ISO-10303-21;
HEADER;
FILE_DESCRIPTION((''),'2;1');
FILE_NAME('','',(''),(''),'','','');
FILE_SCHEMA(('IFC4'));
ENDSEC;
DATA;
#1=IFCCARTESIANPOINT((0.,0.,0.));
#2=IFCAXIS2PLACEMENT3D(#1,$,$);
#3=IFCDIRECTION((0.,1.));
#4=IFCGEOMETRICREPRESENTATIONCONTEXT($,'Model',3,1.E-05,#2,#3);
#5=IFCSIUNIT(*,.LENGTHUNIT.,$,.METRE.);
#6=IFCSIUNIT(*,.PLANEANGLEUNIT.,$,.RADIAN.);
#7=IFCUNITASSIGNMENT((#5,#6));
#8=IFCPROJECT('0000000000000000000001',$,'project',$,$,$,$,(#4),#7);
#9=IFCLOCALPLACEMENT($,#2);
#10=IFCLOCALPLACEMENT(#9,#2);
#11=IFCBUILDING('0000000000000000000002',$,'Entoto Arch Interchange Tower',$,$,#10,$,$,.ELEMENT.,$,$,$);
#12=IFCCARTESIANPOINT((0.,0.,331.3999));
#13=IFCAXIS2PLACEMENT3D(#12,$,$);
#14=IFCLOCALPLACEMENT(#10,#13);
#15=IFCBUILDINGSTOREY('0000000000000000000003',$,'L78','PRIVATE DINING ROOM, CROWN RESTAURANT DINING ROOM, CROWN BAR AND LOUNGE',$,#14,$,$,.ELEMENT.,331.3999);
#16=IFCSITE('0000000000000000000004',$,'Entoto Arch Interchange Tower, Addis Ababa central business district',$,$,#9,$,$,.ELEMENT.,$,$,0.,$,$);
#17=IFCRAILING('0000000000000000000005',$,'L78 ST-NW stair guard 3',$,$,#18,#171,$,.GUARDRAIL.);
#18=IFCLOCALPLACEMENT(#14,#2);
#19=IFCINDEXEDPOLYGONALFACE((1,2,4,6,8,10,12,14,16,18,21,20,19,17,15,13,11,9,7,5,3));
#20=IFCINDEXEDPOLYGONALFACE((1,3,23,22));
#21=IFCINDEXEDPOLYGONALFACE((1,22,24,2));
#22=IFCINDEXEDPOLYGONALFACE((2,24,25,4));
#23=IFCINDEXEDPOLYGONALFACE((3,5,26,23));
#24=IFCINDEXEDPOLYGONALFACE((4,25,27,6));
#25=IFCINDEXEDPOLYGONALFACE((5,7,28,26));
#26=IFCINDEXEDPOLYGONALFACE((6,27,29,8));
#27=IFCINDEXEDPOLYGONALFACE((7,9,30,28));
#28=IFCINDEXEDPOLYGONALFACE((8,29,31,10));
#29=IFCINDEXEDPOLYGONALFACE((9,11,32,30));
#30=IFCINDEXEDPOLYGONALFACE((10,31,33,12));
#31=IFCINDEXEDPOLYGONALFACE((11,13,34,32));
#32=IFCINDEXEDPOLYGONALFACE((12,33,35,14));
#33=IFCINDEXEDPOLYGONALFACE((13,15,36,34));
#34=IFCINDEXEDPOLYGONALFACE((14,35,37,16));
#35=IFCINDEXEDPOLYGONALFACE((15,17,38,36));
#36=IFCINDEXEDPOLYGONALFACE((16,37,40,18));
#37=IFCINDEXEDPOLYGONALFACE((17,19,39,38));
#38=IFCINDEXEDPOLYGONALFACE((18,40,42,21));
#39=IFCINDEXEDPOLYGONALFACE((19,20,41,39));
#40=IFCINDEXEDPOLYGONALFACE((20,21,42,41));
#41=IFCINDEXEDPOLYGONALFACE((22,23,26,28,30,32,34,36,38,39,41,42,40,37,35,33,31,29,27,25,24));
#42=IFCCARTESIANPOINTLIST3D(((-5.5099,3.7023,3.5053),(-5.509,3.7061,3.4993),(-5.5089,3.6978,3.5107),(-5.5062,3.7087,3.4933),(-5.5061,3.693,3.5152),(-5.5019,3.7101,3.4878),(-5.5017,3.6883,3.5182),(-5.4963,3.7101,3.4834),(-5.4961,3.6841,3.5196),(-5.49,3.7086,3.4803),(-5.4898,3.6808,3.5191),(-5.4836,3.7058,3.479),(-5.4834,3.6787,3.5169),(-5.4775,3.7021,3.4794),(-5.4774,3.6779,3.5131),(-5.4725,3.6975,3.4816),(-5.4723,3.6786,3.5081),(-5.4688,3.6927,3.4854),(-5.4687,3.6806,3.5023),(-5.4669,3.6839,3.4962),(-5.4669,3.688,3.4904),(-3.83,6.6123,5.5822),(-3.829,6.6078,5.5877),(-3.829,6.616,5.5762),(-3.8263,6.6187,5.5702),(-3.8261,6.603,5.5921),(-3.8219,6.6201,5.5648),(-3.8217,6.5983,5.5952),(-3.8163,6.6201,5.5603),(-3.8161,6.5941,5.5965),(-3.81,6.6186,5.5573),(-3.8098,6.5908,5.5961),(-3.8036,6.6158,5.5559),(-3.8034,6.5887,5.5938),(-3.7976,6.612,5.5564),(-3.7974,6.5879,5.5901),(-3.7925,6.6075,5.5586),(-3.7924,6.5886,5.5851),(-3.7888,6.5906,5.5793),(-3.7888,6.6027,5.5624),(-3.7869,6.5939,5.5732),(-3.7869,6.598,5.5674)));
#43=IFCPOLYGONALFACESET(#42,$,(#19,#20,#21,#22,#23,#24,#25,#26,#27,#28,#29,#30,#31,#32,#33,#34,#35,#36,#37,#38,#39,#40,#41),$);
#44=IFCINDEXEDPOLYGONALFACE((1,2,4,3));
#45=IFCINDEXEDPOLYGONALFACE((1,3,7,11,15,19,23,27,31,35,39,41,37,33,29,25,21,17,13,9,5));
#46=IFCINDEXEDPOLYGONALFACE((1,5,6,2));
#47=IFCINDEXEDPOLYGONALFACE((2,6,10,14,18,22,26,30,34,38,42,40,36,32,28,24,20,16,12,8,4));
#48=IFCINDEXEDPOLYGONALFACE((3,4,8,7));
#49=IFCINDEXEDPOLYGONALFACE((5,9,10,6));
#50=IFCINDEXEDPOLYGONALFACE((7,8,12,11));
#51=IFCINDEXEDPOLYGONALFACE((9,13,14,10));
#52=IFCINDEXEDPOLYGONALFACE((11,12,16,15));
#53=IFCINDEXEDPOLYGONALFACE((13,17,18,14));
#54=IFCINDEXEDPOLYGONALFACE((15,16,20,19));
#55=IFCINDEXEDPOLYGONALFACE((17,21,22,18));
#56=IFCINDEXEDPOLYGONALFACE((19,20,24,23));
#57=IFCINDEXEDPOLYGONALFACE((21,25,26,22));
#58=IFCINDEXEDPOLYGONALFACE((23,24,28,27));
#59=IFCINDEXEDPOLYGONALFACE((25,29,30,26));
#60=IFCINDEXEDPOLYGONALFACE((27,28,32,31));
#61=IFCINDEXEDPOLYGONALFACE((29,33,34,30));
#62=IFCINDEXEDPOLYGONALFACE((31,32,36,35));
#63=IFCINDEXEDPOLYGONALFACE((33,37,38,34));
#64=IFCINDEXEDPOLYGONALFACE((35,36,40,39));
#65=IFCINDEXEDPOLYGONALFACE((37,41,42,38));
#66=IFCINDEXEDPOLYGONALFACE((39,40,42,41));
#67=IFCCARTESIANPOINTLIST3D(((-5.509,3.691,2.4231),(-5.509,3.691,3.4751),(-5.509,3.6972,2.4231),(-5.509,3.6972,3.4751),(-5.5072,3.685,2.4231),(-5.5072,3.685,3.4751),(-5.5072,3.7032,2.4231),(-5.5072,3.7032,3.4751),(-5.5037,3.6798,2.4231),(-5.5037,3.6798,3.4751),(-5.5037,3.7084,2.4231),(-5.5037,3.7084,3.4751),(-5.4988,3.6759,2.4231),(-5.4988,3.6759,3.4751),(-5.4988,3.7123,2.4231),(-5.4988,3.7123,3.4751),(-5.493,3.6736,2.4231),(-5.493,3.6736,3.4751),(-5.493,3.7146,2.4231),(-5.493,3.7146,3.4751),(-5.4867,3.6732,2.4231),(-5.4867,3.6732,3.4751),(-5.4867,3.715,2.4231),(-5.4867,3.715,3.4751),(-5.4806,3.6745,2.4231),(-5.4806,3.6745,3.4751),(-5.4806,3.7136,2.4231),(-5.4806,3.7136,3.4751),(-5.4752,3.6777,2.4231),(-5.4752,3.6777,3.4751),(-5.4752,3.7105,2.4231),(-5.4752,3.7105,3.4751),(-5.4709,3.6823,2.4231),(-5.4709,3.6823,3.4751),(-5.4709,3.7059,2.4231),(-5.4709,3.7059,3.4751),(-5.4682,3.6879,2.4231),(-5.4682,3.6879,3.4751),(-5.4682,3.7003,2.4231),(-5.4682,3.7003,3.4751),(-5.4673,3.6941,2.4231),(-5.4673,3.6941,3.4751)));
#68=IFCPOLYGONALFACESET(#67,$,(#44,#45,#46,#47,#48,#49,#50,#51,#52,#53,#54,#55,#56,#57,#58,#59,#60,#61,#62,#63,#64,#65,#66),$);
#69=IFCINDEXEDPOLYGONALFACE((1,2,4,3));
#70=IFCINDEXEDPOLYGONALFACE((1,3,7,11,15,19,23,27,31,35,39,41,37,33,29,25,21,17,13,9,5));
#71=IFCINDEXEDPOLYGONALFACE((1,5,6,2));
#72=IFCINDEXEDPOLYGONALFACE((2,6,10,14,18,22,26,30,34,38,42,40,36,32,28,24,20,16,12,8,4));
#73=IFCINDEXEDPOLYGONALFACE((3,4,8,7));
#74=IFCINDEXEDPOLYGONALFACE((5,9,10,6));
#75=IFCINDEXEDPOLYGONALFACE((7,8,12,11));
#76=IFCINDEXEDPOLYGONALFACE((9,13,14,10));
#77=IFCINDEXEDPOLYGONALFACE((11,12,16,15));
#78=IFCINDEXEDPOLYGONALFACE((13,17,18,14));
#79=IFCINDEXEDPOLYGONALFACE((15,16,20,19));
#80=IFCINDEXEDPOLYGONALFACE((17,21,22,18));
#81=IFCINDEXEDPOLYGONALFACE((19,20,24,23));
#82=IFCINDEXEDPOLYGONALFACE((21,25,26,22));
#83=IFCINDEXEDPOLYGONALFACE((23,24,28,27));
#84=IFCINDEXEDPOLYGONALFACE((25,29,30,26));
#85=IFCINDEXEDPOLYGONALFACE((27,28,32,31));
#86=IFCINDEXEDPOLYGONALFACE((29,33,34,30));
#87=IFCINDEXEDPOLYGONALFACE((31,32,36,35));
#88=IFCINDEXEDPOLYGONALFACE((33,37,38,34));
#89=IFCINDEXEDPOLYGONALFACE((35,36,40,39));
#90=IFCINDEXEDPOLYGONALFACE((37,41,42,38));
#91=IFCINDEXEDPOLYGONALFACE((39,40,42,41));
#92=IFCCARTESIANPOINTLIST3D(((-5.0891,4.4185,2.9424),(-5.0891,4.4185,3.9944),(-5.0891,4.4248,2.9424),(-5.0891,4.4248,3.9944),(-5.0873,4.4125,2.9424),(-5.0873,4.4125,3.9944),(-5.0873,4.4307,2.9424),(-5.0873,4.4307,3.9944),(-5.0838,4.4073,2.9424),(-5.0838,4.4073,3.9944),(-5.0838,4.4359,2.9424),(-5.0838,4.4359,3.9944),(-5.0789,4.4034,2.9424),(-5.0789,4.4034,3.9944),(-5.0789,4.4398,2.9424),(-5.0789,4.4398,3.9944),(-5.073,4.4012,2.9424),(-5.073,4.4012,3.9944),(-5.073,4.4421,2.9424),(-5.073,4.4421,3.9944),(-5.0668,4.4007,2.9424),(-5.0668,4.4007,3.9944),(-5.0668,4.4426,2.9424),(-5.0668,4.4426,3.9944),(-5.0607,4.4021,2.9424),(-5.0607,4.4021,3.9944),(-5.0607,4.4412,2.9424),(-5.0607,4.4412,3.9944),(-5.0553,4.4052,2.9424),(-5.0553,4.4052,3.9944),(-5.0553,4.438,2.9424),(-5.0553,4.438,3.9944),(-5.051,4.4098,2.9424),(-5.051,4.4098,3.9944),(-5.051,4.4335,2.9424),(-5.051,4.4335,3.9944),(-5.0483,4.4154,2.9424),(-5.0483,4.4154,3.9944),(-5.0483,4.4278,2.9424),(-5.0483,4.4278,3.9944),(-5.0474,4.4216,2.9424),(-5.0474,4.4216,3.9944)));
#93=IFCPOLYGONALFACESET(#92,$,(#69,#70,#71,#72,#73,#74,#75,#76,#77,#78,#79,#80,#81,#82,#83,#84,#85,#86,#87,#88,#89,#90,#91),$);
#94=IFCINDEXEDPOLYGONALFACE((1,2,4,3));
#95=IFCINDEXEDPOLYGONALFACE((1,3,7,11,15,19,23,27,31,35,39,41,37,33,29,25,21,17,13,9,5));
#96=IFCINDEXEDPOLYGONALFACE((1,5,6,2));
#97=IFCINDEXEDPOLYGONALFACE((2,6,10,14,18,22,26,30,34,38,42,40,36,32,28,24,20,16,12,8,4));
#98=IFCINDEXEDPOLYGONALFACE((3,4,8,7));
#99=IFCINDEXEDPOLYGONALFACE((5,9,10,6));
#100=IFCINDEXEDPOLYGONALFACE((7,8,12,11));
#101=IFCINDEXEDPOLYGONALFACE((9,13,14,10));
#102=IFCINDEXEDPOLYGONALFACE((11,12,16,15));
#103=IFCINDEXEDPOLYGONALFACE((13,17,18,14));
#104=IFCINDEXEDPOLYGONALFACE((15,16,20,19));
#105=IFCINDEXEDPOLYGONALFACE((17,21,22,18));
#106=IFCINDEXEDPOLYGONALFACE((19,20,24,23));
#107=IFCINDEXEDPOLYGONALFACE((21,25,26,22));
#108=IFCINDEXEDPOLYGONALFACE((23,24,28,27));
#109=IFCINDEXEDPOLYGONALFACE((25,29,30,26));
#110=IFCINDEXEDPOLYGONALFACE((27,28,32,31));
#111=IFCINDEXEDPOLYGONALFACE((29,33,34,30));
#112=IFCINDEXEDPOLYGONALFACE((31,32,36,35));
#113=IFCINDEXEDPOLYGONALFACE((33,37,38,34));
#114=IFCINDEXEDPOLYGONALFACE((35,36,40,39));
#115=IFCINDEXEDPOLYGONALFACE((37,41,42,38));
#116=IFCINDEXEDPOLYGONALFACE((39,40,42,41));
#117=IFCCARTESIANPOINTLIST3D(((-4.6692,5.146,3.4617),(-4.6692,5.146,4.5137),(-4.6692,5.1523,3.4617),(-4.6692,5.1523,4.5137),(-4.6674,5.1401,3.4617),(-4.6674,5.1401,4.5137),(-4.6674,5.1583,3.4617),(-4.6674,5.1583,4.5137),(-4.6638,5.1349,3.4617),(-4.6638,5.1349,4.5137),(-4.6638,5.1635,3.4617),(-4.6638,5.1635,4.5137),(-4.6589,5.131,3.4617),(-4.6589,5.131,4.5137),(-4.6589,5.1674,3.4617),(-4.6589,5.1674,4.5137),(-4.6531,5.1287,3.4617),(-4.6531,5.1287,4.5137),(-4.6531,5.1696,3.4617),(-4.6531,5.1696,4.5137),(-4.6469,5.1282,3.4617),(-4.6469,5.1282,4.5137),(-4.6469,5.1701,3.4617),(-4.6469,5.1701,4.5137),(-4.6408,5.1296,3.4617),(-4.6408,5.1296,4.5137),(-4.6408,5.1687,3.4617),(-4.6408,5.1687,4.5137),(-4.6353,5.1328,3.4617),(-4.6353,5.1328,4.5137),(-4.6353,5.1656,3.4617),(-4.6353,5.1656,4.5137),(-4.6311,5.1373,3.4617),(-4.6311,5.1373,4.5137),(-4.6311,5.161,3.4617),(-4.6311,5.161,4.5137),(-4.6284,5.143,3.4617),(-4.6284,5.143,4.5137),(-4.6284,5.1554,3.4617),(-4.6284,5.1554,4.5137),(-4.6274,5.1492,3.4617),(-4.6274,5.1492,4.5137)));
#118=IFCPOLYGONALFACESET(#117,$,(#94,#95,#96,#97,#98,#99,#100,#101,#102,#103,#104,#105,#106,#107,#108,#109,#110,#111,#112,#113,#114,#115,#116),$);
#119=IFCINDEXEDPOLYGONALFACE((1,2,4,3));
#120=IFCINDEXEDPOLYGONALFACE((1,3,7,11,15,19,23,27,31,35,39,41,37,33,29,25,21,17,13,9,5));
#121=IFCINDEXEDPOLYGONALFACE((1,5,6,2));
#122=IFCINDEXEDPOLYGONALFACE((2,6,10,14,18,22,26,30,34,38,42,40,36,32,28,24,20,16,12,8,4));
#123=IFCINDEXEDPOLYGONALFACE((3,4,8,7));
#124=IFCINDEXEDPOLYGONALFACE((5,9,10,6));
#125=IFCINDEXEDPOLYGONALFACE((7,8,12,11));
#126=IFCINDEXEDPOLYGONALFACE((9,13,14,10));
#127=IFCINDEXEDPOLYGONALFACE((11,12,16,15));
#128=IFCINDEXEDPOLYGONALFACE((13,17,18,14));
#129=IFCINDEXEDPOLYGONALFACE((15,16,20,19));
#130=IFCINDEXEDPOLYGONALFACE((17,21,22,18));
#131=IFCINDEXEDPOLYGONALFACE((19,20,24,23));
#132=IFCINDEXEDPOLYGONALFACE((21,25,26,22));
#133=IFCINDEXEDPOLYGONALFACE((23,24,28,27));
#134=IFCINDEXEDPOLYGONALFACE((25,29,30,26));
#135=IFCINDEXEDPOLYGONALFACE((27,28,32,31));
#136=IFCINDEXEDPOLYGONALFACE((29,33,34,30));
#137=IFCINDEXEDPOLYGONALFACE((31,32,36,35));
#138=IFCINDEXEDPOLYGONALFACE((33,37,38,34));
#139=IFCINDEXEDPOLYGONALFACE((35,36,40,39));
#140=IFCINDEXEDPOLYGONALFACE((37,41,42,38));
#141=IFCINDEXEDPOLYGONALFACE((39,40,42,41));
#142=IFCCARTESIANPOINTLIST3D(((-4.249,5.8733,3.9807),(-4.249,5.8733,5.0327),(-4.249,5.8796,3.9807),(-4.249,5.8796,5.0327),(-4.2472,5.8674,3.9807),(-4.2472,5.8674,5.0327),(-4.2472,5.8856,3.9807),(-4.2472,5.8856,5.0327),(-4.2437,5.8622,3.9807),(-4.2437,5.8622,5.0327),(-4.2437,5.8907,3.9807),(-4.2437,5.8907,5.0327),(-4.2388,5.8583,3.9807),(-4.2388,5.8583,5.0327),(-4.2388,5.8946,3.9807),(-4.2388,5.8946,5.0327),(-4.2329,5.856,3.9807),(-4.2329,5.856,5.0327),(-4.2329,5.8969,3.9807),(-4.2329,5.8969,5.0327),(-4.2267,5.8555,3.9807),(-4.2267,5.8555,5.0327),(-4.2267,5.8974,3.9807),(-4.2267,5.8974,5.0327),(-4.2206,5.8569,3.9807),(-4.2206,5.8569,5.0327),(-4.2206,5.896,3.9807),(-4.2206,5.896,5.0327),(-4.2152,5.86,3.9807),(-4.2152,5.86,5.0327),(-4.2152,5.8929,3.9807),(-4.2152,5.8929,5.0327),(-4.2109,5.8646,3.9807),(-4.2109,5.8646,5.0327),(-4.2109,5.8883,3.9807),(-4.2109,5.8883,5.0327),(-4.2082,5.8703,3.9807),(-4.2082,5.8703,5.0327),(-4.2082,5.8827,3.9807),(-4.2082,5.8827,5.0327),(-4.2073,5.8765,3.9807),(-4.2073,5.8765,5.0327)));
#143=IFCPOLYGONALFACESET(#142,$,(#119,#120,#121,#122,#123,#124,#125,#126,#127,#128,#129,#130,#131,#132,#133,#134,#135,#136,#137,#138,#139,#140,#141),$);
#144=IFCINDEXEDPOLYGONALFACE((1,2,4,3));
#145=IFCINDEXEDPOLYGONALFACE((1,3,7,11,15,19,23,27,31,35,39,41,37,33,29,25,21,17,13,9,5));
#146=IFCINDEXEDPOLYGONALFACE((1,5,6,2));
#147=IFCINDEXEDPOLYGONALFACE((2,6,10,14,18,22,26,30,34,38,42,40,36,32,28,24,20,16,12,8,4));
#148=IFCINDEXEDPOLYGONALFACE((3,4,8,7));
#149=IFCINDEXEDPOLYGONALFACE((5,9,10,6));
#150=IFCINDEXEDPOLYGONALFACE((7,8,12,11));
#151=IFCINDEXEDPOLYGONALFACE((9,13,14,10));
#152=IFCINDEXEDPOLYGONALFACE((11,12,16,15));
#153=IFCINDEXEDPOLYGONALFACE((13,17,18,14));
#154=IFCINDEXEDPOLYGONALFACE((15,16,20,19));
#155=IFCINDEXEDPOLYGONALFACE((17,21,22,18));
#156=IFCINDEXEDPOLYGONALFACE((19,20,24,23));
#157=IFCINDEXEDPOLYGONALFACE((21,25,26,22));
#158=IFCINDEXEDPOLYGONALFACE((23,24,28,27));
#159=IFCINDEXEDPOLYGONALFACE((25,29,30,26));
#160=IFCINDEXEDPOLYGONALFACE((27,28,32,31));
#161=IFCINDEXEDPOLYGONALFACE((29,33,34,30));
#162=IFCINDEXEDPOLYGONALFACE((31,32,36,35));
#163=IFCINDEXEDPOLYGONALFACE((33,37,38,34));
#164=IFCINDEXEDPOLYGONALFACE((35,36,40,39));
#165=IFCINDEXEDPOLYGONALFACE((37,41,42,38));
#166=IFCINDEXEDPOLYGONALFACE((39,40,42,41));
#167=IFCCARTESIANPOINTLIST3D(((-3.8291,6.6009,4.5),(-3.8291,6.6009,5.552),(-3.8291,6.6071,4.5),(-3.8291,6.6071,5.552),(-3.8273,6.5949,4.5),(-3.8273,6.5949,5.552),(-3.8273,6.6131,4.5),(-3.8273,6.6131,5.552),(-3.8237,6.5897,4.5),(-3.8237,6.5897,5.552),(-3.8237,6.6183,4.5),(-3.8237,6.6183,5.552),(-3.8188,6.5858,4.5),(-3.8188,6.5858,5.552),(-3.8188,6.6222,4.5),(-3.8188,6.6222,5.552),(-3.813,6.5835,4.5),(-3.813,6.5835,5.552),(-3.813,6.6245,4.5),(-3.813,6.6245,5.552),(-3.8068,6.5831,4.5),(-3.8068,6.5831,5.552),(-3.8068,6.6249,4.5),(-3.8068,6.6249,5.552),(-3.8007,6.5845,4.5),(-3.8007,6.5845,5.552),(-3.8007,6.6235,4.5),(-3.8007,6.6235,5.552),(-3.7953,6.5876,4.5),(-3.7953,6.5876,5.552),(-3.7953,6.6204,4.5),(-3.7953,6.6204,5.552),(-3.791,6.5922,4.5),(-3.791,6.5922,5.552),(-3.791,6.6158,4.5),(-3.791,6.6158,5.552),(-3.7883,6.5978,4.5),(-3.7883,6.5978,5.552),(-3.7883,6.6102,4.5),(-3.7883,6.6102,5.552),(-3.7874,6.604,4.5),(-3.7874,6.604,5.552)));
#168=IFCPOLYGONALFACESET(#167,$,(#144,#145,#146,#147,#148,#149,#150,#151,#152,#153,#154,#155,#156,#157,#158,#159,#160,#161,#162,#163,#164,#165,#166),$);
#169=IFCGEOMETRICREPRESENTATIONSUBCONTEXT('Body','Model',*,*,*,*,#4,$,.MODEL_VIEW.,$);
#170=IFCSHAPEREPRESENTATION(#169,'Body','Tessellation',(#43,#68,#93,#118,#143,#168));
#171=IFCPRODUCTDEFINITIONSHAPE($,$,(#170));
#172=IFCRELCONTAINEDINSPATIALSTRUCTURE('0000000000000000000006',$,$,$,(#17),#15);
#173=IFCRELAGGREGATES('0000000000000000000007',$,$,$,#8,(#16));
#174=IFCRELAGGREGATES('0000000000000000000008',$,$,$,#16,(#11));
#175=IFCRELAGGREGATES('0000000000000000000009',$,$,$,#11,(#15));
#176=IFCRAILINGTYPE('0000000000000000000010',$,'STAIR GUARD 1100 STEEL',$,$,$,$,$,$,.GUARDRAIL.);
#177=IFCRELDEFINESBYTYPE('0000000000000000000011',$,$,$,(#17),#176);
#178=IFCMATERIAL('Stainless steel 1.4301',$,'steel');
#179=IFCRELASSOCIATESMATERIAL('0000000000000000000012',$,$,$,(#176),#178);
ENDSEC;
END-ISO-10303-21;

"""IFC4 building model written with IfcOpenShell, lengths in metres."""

from ifc_helpers import new_model, si_unit, direction, frame, origin, origin_2d, place, context, subcontext, project, spatial, circle, extrude, material, type_object, element, save


model = new_model("IFC4")

# Units and contexts
model_context = context("Model", 3, precision=1e-05, world=origin(), true_north=direction((0.0, 1.0)))
body_context = subcontext(model_context, "Body", "Model", "MODEL_VIEW")
ifc_project = project(units=[si_unit("LENGTHUNIT", "METRE"), si_unit("PLANEANGLEUNIT", "RADIAN")], contexts=[model_context])

# Site, building, storey
site_placement = place(None, origin())
site = spatial("IfcSite", under=ifc_project, at=site_placement, Name="Entoto Arch Interchange Tower, Addis Ababa central business district", CompositionType="ELEMENT", RefElevation=0.0)
building_placement = place(site_placement, origin())
building = spatial("IfcBuilding", under=site, at=building_placement, Name="Entoto Arch Interchange Tower", CompositionType="ELEMENT")
storey_placement = place(building_placement, frame((0.0, 0.0, 331.3999)))
storey = spatial("IfcBuildingStorey", under=building, at=storey_placement, Name="L78", Description="PRIVATE DINING ROOM, CROWN RESTAURANT DINING ROOM, CROWN BAR AND LOUNGE", CompositionType="ELEMENT", Elevation=331.3999)

# Railing
ifc_material_1 = material(Name="Stainless steel 1.4301", Category="steel")
railing_type_1 = type_object("IfcRailingType", Name="STAIR GUARD 1100 STEEL", PredefinedType="GUARDRAIL", material=ifc_material_1)
railing_1_placement = place(storey_placement, frame((-5.4883, 3.6941, 2.4231)))
element("IfcRailing", 1, at=railing_1_placement, inside=storey, type_object=railing_type_1, Name="L78 ST-NW stair guard 3", PredefinedType="GUARDRAIL", context=body_context, shape_type="SweptSolid", body=[
    extrude(circle(Radius=0.0239, at=origin_2d()), frame((0.0, 0.0, 1.0762), z_axis=(0.425288, 0.736668, 0.525785), x_axis=(-0.866039, 0.499976, 0.0)), (0.0, 0.0, 1.0), 3.9502),
    extrude(circle(Radius=0.021, at=origin_2d()), origin(), (0.0, 0.0, 1.0), 1.052),
    extrude(circle(Radius=0.021, at=origin_2d()), frame((0.4199, 0.7275, 0.5193)), (0.0, 0.0, 1.0), 1.052),
    extrude(circle(Radius=0.021, at=origin_2d()), frame((0.8398, 1.4551, 1.0386)), (0.0, 0.0, 1.0), 1.052),
    extrude(circle(Radius=0.021, at=origin_2d()), frame((1.26, 2.1824, 1.5576)), (0.0, 0.0, 1.0), 1.052),
    extrude(circle(Radius=0.021, at=origin_2d()), frame((1.6799, 2.9099, 2.0769)), (0.0, 0.0, 1.0), 1.052),
])

save(model, "model.ifc")
